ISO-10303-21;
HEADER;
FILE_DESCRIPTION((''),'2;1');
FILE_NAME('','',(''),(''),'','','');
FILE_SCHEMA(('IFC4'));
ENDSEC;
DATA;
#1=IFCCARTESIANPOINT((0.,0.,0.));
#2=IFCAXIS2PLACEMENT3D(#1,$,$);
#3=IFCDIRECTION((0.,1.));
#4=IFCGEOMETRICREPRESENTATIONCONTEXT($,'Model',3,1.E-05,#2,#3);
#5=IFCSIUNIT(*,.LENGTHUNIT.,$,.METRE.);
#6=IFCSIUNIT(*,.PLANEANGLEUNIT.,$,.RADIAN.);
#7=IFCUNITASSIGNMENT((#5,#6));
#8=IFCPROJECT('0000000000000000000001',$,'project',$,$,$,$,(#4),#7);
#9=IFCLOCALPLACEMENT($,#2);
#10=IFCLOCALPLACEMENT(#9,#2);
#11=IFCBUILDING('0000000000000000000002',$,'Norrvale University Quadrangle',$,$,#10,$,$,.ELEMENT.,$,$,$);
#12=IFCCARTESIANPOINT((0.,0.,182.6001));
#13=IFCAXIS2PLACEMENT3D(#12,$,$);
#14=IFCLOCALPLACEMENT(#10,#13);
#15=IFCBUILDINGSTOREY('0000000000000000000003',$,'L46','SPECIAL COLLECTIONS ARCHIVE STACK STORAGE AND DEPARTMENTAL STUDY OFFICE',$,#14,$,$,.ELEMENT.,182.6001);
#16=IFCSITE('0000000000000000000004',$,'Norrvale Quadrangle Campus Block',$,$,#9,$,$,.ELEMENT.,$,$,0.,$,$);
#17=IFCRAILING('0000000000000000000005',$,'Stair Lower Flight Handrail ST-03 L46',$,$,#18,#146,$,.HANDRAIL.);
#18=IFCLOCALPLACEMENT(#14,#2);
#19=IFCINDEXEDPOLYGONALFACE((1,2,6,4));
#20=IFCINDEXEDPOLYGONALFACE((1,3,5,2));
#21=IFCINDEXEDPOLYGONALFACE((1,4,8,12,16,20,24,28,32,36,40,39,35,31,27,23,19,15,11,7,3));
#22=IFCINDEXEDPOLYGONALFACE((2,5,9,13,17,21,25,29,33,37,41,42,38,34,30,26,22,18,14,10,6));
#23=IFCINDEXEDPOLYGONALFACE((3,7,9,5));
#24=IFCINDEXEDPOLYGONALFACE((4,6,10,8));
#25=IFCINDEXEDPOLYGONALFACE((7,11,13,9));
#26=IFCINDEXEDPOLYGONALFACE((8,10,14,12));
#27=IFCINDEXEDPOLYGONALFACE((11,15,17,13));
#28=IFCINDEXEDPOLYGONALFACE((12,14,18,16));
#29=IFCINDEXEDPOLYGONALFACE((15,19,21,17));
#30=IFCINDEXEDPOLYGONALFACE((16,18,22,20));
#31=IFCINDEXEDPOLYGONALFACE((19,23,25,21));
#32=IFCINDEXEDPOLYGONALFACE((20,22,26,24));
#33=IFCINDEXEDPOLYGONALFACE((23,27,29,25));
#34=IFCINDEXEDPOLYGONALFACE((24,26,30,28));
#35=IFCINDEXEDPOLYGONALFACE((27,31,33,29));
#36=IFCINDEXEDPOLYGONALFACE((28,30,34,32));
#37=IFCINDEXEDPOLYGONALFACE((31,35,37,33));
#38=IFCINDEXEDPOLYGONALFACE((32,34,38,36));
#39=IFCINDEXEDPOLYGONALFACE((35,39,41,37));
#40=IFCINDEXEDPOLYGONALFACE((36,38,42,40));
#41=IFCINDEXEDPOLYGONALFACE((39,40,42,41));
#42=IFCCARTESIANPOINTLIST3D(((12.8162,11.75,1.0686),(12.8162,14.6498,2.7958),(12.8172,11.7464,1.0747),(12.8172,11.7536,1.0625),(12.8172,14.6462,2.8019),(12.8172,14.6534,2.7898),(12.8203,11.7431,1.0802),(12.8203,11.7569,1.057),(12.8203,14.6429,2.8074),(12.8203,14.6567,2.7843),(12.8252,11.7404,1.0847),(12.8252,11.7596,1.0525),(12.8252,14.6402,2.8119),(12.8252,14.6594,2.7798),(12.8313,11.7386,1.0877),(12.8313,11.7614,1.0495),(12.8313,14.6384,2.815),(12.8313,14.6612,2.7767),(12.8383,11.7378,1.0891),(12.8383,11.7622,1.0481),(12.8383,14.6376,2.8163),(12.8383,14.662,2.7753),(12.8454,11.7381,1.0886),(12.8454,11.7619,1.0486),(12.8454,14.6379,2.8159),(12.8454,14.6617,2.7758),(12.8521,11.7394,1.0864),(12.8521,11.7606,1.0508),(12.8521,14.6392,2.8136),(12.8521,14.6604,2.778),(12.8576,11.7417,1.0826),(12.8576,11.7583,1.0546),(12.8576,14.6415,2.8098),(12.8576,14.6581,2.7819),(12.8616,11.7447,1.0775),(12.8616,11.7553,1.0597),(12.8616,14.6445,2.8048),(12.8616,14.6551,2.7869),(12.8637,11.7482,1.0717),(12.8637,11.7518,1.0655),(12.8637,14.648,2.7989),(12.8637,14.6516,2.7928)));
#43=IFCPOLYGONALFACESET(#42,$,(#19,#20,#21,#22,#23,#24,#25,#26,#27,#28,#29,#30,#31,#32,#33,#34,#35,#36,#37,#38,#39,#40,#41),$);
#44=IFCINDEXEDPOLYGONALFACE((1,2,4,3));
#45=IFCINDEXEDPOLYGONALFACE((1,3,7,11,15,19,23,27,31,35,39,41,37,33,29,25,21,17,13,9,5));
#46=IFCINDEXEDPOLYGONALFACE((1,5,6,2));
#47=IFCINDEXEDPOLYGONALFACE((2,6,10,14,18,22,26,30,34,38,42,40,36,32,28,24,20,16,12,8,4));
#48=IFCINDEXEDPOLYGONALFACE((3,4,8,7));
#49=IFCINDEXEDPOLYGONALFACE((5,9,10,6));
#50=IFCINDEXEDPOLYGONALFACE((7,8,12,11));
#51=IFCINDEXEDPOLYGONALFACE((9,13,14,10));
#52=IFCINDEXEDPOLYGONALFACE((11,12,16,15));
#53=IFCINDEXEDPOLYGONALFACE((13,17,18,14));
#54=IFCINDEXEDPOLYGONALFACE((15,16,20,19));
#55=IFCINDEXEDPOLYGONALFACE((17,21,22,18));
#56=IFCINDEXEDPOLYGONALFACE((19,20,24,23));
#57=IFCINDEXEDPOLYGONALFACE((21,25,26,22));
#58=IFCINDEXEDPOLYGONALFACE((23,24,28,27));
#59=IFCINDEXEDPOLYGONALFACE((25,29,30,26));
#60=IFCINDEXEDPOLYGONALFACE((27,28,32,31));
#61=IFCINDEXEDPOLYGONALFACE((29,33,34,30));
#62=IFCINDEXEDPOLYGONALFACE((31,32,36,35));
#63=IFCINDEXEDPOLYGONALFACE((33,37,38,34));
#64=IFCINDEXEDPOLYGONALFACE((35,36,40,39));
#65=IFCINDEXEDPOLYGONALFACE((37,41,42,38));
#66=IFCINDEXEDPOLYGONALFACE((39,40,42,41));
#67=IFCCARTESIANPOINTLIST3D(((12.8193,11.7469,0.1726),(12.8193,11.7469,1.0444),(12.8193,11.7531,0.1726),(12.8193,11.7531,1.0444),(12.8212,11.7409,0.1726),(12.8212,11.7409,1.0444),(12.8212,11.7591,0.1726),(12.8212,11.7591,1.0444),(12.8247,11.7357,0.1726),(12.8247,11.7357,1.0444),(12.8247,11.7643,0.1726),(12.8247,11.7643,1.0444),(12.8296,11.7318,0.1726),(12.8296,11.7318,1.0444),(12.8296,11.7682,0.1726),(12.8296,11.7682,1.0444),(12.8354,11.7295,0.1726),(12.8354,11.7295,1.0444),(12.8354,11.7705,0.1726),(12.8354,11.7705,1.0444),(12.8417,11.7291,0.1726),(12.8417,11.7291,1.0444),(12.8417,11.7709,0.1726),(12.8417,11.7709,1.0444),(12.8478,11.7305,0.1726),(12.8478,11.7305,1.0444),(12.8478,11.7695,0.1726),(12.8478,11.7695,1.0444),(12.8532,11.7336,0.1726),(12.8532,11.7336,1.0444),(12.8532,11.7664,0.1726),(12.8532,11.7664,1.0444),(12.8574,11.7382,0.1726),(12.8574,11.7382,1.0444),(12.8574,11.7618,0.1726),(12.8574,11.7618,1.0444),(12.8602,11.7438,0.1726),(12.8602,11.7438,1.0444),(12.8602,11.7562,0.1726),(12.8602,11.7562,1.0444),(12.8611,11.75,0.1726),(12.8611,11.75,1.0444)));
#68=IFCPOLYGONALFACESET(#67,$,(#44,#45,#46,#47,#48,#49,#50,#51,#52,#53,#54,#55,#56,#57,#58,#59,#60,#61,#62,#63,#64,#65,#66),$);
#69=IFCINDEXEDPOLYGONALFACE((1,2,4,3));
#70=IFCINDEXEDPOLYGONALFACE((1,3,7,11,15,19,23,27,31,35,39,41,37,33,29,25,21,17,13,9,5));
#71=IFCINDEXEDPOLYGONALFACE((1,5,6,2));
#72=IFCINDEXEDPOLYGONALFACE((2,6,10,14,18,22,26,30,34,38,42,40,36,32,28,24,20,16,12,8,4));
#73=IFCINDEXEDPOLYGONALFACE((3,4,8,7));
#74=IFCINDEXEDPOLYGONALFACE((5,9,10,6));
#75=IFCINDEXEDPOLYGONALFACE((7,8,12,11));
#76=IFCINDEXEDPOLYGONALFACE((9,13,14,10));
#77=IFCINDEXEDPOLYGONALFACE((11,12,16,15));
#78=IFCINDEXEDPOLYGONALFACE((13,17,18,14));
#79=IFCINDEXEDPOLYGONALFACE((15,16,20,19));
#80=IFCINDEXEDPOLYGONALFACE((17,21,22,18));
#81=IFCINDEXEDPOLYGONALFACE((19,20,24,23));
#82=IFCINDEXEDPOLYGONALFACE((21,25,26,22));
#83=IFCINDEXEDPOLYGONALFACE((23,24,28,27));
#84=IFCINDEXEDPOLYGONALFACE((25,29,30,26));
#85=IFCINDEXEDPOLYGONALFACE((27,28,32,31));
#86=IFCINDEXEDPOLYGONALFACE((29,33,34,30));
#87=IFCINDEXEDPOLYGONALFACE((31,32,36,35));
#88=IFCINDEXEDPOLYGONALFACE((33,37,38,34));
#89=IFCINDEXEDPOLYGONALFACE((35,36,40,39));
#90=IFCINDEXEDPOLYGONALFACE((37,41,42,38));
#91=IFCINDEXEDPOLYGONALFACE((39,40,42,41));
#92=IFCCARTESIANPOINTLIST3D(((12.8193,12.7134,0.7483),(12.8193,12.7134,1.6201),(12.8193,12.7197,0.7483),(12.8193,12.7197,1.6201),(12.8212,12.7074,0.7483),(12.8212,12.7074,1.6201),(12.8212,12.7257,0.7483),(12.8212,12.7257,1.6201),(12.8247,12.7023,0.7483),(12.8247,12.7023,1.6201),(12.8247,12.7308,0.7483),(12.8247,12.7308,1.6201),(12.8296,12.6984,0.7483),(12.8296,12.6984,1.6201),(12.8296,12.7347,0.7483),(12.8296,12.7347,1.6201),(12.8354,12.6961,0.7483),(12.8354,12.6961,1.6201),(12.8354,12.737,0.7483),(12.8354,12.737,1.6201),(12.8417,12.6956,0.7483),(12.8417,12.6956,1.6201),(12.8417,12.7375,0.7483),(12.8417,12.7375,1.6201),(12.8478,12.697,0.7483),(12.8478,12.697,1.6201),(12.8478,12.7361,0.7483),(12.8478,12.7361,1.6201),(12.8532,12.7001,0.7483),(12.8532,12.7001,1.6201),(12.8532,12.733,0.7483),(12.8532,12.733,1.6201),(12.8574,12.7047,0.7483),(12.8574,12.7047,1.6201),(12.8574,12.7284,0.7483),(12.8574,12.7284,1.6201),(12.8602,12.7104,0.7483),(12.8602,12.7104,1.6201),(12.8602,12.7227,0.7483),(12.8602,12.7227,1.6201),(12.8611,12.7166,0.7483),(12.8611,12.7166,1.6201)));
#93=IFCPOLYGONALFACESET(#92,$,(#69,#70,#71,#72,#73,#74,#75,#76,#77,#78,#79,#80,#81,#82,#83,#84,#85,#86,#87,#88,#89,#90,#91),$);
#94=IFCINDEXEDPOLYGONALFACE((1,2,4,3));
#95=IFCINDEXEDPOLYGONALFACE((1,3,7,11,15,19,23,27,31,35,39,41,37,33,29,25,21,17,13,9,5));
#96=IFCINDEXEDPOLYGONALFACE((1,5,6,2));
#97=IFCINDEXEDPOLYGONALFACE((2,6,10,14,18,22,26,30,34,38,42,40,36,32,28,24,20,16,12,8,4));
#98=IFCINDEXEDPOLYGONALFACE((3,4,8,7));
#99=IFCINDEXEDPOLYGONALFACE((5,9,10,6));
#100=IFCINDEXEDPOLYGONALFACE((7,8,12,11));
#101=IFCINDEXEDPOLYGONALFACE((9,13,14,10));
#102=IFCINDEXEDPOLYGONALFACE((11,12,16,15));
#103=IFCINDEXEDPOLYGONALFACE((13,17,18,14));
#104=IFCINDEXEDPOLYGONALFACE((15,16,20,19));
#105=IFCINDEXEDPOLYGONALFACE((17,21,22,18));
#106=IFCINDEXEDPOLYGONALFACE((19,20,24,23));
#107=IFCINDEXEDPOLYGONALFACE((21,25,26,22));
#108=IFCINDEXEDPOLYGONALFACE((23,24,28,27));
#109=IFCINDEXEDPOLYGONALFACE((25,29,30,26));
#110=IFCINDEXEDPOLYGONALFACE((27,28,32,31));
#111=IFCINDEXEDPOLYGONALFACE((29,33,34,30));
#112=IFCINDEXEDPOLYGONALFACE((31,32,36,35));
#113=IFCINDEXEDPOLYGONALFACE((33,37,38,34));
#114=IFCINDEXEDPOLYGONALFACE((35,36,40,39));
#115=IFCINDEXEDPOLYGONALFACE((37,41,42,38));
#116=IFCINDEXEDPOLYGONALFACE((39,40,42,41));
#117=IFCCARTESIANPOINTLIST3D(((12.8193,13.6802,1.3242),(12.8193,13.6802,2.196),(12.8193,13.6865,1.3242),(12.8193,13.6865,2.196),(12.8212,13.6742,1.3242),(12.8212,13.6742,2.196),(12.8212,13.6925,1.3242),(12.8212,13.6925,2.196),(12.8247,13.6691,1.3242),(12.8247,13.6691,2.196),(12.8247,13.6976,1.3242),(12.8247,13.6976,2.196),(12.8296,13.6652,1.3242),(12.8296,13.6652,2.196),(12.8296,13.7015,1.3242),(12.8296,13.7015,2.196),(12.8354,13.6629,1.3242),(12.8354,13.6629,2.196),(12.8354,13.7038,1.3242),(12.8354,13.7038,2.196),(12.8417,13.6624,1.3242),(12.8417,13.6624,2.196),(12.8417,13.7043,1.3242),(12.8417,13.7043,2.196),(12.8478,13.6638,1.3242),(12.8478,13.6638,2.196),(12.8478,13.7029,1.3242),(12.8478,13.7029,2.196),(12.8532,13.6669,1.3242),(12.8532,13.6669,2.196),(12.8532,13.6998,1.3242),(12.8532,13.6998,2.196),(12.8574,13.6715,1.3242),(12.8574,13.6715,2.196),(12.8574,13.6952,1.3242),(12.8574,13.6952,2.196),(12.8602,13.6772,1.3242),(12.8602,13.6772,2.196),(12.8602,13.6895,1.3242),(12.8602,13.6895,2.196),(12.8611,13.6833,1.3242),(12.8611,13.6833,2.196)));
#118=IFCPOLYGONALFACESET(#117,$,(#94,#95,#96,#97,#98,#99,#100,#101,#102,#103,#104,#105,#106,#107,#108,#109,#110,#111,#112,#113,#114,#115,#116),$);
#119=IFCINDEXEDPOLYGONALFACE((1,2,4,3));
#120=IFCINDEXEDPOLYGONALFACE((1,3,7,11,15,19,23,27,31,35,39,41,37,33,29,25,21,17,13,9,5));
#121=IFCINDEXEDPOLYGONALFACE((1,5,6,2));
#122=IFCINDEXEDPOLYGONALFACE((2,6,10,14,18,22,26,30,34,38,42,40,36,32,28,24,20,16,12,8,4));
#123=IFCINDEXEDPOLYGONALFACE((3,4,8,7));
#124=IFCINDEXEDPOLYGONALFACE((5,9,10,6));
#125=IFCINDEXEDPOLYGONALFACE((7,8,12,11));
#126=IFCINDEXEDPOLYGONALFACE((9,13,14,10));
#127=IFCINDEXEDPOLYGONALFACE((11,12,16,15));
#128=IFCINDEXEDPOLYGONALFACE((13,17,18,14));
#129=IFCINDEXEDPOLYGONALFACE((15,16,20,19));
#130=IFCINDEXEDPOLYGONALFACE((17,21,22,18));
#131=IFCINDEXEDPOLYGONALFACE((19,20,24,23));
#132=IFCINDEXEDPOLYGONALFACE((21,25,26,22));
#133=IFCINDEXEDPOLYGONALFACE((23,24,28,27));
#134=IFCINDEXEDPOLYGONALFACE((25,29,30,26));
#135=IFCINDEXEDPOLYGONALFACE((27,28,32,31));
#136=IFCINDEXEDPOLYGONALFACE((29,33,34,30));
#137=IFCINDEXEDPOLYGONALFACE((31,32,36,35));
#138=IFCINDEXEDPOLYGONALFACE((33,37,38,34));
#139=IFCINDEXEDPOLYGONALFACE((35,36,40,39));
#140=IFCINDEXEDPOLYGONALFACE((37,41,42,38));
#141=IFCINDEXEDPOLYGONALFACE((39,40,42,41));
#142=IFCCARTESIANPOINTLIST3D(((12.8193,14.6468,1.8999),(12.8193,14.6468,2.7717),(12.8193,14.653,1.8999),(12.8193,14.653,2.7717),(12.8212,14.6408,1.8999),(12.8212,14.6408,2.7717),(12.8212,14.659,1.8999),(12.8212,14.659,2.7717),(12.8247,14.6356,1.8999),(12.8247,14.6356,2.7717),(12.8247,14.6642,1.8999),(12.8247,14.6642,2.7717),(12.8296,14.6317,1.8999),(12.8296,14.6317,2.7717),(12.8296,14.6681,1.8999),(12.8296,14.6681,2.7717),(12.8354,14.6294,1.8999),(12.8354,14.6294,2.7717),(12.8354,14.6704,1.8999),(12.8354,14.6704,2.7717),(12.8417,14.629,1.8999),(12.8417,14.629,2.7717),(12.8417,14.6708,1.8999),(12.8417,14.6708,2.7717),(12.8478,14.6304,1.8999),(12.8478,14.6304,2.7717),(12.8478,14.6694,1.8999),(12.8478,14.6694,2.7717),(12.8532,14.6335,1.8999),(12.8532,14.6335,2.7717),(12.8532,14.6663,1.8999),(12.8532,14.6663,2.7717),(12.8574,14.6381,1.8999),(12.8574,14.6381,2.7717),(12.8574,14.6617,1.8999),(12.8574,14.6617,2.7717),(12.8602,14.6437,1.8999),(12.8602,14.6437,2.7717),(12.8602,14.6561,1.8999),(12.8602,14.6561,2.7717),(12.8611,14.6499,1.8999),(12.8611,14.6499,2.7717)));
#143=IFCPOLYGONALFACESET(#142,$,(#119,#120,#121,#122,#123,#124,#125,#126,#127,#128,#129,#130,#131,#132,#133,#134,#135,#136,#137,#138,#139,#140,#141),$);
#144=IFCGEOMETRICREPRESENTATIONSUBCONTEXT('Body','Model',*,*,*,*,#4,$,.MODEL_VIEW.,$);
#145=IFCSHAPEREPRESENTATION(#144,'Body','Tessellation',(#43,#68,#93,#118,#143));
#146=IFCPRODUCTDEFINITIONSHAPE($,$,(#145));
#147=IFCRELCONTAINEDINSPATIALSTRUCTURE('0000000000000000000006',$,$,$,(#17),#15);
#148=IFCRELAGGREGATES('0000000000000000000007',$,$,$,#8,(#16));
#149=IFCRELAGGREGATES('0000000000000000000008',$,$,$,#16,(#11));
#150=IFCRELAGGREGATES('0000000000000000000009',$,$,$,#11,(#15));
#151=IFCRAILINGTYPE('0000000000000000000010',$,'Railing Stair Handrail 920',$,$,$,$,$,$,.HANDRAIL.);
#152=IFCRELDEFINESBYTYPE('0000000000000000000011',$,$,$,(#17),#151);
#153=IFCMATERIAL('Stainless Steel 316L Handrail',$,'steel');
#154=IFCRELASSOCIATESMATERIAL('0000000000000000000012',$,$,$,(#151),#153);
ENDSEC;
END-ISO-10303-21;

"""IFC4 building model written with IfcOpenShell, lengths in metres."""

from ifc_helpers import new_model, si_unit, direction, frame, origin, origin_2d, place, context, subcontext, project, spatial, circle, extrude, material, type_object, element, save


model = new_model("IFC4")

# Units and contexts
model_context = context("Model", 3, precision=1e-05, world=origin(), true_north=direction((0.0, 1.0)))
body_context = subcontext(model_context, "Body", "Model", "MODEL_VIEW")
ifc_project = project(units=[si_unit("LENGTHUNIT", "METRE"), si_unit("PLANEANGLEUNIT", "RADIAN")], contexts=[model_context])

# Site, building, storey
site_placement = place(None, origin())
site = spatial("IfcSite", under=ifc_project, at=site_placement, Name="Norrvale Quadrangle Campus Block", CompositionType="ELEMENT", RefElevation=0.0)
building_placement = place(site_placement, origin())
building = spatial("IfcBuilding", under=site, at=building_placement, Name="Norrvale University Quadrangle", CompositionType="ELEMENT")
storey_placement = place(building_placement, frame((0.0, 0.0, 182.6001)))
storey = spatial("IfcBuildingStorey", under=building, at=storey_placement, Name="L46", Description="SPECIAL COLLECTIONS ARCHIVE STACK STORAGE AND DEPARTMENTAL STUDY OFFICE", CompositionType="ELEMENT", Elevation=182.6001)

# Railing
ifc_material_1 = material(Name="Stainless Steel 316L Handrail", Category="steel")
railing_type_1 = type_object("IfcRailingType", Name="Railing Stair Handrail 920", PredefinedType="HANDRAIL", material=ifc_material_1)
railing_1_placement = place(storey_placement, frame((12.8401, 11.75, 0.1726)))
element("IfcRailing", 1, at=railing_1_placement, inside=storey, type_object=railing_type_1, Name="Stair Lower Flight Handrail ST-03 L46", PredefinedType="HANDRAIL", context=body_context, shape_type="SweptSolid", body=[
    extrude(circle(Radius=0.0239, at=origin_2d()), frame((0.0, 0.0, 0.896), z_axis=(0.0, 0.859141, 0.511738), x_axis=(-1.0, 0.0, 0.0)), (0.0, 0.0, 1.0), 3.3752),
    extrude(circle(Radius=0.021, at=origin_2d()), origin(), (0.0, 0.0, 1.0), 0.8718),
    extrude(circle(Radius=0.021, at=origin_2d()), frame((0.0, 0.9666, 0.5757)), (0.0, 0.0, 1.0), 0.8718),
    extrude(circle(Radius=0.021, at=origin_2d()), frame((0.0, 1.9333, 1.1516)), (0.0, 0.0, 1.0), 0.8718),
    extrude(circle(Radius=0.021, at=origin_2d()), frame((0.0, 2.8999, 1.7273)), (0.0, 0.0, 1.0), 0.8718),
])

save(model, "model.ifc")
